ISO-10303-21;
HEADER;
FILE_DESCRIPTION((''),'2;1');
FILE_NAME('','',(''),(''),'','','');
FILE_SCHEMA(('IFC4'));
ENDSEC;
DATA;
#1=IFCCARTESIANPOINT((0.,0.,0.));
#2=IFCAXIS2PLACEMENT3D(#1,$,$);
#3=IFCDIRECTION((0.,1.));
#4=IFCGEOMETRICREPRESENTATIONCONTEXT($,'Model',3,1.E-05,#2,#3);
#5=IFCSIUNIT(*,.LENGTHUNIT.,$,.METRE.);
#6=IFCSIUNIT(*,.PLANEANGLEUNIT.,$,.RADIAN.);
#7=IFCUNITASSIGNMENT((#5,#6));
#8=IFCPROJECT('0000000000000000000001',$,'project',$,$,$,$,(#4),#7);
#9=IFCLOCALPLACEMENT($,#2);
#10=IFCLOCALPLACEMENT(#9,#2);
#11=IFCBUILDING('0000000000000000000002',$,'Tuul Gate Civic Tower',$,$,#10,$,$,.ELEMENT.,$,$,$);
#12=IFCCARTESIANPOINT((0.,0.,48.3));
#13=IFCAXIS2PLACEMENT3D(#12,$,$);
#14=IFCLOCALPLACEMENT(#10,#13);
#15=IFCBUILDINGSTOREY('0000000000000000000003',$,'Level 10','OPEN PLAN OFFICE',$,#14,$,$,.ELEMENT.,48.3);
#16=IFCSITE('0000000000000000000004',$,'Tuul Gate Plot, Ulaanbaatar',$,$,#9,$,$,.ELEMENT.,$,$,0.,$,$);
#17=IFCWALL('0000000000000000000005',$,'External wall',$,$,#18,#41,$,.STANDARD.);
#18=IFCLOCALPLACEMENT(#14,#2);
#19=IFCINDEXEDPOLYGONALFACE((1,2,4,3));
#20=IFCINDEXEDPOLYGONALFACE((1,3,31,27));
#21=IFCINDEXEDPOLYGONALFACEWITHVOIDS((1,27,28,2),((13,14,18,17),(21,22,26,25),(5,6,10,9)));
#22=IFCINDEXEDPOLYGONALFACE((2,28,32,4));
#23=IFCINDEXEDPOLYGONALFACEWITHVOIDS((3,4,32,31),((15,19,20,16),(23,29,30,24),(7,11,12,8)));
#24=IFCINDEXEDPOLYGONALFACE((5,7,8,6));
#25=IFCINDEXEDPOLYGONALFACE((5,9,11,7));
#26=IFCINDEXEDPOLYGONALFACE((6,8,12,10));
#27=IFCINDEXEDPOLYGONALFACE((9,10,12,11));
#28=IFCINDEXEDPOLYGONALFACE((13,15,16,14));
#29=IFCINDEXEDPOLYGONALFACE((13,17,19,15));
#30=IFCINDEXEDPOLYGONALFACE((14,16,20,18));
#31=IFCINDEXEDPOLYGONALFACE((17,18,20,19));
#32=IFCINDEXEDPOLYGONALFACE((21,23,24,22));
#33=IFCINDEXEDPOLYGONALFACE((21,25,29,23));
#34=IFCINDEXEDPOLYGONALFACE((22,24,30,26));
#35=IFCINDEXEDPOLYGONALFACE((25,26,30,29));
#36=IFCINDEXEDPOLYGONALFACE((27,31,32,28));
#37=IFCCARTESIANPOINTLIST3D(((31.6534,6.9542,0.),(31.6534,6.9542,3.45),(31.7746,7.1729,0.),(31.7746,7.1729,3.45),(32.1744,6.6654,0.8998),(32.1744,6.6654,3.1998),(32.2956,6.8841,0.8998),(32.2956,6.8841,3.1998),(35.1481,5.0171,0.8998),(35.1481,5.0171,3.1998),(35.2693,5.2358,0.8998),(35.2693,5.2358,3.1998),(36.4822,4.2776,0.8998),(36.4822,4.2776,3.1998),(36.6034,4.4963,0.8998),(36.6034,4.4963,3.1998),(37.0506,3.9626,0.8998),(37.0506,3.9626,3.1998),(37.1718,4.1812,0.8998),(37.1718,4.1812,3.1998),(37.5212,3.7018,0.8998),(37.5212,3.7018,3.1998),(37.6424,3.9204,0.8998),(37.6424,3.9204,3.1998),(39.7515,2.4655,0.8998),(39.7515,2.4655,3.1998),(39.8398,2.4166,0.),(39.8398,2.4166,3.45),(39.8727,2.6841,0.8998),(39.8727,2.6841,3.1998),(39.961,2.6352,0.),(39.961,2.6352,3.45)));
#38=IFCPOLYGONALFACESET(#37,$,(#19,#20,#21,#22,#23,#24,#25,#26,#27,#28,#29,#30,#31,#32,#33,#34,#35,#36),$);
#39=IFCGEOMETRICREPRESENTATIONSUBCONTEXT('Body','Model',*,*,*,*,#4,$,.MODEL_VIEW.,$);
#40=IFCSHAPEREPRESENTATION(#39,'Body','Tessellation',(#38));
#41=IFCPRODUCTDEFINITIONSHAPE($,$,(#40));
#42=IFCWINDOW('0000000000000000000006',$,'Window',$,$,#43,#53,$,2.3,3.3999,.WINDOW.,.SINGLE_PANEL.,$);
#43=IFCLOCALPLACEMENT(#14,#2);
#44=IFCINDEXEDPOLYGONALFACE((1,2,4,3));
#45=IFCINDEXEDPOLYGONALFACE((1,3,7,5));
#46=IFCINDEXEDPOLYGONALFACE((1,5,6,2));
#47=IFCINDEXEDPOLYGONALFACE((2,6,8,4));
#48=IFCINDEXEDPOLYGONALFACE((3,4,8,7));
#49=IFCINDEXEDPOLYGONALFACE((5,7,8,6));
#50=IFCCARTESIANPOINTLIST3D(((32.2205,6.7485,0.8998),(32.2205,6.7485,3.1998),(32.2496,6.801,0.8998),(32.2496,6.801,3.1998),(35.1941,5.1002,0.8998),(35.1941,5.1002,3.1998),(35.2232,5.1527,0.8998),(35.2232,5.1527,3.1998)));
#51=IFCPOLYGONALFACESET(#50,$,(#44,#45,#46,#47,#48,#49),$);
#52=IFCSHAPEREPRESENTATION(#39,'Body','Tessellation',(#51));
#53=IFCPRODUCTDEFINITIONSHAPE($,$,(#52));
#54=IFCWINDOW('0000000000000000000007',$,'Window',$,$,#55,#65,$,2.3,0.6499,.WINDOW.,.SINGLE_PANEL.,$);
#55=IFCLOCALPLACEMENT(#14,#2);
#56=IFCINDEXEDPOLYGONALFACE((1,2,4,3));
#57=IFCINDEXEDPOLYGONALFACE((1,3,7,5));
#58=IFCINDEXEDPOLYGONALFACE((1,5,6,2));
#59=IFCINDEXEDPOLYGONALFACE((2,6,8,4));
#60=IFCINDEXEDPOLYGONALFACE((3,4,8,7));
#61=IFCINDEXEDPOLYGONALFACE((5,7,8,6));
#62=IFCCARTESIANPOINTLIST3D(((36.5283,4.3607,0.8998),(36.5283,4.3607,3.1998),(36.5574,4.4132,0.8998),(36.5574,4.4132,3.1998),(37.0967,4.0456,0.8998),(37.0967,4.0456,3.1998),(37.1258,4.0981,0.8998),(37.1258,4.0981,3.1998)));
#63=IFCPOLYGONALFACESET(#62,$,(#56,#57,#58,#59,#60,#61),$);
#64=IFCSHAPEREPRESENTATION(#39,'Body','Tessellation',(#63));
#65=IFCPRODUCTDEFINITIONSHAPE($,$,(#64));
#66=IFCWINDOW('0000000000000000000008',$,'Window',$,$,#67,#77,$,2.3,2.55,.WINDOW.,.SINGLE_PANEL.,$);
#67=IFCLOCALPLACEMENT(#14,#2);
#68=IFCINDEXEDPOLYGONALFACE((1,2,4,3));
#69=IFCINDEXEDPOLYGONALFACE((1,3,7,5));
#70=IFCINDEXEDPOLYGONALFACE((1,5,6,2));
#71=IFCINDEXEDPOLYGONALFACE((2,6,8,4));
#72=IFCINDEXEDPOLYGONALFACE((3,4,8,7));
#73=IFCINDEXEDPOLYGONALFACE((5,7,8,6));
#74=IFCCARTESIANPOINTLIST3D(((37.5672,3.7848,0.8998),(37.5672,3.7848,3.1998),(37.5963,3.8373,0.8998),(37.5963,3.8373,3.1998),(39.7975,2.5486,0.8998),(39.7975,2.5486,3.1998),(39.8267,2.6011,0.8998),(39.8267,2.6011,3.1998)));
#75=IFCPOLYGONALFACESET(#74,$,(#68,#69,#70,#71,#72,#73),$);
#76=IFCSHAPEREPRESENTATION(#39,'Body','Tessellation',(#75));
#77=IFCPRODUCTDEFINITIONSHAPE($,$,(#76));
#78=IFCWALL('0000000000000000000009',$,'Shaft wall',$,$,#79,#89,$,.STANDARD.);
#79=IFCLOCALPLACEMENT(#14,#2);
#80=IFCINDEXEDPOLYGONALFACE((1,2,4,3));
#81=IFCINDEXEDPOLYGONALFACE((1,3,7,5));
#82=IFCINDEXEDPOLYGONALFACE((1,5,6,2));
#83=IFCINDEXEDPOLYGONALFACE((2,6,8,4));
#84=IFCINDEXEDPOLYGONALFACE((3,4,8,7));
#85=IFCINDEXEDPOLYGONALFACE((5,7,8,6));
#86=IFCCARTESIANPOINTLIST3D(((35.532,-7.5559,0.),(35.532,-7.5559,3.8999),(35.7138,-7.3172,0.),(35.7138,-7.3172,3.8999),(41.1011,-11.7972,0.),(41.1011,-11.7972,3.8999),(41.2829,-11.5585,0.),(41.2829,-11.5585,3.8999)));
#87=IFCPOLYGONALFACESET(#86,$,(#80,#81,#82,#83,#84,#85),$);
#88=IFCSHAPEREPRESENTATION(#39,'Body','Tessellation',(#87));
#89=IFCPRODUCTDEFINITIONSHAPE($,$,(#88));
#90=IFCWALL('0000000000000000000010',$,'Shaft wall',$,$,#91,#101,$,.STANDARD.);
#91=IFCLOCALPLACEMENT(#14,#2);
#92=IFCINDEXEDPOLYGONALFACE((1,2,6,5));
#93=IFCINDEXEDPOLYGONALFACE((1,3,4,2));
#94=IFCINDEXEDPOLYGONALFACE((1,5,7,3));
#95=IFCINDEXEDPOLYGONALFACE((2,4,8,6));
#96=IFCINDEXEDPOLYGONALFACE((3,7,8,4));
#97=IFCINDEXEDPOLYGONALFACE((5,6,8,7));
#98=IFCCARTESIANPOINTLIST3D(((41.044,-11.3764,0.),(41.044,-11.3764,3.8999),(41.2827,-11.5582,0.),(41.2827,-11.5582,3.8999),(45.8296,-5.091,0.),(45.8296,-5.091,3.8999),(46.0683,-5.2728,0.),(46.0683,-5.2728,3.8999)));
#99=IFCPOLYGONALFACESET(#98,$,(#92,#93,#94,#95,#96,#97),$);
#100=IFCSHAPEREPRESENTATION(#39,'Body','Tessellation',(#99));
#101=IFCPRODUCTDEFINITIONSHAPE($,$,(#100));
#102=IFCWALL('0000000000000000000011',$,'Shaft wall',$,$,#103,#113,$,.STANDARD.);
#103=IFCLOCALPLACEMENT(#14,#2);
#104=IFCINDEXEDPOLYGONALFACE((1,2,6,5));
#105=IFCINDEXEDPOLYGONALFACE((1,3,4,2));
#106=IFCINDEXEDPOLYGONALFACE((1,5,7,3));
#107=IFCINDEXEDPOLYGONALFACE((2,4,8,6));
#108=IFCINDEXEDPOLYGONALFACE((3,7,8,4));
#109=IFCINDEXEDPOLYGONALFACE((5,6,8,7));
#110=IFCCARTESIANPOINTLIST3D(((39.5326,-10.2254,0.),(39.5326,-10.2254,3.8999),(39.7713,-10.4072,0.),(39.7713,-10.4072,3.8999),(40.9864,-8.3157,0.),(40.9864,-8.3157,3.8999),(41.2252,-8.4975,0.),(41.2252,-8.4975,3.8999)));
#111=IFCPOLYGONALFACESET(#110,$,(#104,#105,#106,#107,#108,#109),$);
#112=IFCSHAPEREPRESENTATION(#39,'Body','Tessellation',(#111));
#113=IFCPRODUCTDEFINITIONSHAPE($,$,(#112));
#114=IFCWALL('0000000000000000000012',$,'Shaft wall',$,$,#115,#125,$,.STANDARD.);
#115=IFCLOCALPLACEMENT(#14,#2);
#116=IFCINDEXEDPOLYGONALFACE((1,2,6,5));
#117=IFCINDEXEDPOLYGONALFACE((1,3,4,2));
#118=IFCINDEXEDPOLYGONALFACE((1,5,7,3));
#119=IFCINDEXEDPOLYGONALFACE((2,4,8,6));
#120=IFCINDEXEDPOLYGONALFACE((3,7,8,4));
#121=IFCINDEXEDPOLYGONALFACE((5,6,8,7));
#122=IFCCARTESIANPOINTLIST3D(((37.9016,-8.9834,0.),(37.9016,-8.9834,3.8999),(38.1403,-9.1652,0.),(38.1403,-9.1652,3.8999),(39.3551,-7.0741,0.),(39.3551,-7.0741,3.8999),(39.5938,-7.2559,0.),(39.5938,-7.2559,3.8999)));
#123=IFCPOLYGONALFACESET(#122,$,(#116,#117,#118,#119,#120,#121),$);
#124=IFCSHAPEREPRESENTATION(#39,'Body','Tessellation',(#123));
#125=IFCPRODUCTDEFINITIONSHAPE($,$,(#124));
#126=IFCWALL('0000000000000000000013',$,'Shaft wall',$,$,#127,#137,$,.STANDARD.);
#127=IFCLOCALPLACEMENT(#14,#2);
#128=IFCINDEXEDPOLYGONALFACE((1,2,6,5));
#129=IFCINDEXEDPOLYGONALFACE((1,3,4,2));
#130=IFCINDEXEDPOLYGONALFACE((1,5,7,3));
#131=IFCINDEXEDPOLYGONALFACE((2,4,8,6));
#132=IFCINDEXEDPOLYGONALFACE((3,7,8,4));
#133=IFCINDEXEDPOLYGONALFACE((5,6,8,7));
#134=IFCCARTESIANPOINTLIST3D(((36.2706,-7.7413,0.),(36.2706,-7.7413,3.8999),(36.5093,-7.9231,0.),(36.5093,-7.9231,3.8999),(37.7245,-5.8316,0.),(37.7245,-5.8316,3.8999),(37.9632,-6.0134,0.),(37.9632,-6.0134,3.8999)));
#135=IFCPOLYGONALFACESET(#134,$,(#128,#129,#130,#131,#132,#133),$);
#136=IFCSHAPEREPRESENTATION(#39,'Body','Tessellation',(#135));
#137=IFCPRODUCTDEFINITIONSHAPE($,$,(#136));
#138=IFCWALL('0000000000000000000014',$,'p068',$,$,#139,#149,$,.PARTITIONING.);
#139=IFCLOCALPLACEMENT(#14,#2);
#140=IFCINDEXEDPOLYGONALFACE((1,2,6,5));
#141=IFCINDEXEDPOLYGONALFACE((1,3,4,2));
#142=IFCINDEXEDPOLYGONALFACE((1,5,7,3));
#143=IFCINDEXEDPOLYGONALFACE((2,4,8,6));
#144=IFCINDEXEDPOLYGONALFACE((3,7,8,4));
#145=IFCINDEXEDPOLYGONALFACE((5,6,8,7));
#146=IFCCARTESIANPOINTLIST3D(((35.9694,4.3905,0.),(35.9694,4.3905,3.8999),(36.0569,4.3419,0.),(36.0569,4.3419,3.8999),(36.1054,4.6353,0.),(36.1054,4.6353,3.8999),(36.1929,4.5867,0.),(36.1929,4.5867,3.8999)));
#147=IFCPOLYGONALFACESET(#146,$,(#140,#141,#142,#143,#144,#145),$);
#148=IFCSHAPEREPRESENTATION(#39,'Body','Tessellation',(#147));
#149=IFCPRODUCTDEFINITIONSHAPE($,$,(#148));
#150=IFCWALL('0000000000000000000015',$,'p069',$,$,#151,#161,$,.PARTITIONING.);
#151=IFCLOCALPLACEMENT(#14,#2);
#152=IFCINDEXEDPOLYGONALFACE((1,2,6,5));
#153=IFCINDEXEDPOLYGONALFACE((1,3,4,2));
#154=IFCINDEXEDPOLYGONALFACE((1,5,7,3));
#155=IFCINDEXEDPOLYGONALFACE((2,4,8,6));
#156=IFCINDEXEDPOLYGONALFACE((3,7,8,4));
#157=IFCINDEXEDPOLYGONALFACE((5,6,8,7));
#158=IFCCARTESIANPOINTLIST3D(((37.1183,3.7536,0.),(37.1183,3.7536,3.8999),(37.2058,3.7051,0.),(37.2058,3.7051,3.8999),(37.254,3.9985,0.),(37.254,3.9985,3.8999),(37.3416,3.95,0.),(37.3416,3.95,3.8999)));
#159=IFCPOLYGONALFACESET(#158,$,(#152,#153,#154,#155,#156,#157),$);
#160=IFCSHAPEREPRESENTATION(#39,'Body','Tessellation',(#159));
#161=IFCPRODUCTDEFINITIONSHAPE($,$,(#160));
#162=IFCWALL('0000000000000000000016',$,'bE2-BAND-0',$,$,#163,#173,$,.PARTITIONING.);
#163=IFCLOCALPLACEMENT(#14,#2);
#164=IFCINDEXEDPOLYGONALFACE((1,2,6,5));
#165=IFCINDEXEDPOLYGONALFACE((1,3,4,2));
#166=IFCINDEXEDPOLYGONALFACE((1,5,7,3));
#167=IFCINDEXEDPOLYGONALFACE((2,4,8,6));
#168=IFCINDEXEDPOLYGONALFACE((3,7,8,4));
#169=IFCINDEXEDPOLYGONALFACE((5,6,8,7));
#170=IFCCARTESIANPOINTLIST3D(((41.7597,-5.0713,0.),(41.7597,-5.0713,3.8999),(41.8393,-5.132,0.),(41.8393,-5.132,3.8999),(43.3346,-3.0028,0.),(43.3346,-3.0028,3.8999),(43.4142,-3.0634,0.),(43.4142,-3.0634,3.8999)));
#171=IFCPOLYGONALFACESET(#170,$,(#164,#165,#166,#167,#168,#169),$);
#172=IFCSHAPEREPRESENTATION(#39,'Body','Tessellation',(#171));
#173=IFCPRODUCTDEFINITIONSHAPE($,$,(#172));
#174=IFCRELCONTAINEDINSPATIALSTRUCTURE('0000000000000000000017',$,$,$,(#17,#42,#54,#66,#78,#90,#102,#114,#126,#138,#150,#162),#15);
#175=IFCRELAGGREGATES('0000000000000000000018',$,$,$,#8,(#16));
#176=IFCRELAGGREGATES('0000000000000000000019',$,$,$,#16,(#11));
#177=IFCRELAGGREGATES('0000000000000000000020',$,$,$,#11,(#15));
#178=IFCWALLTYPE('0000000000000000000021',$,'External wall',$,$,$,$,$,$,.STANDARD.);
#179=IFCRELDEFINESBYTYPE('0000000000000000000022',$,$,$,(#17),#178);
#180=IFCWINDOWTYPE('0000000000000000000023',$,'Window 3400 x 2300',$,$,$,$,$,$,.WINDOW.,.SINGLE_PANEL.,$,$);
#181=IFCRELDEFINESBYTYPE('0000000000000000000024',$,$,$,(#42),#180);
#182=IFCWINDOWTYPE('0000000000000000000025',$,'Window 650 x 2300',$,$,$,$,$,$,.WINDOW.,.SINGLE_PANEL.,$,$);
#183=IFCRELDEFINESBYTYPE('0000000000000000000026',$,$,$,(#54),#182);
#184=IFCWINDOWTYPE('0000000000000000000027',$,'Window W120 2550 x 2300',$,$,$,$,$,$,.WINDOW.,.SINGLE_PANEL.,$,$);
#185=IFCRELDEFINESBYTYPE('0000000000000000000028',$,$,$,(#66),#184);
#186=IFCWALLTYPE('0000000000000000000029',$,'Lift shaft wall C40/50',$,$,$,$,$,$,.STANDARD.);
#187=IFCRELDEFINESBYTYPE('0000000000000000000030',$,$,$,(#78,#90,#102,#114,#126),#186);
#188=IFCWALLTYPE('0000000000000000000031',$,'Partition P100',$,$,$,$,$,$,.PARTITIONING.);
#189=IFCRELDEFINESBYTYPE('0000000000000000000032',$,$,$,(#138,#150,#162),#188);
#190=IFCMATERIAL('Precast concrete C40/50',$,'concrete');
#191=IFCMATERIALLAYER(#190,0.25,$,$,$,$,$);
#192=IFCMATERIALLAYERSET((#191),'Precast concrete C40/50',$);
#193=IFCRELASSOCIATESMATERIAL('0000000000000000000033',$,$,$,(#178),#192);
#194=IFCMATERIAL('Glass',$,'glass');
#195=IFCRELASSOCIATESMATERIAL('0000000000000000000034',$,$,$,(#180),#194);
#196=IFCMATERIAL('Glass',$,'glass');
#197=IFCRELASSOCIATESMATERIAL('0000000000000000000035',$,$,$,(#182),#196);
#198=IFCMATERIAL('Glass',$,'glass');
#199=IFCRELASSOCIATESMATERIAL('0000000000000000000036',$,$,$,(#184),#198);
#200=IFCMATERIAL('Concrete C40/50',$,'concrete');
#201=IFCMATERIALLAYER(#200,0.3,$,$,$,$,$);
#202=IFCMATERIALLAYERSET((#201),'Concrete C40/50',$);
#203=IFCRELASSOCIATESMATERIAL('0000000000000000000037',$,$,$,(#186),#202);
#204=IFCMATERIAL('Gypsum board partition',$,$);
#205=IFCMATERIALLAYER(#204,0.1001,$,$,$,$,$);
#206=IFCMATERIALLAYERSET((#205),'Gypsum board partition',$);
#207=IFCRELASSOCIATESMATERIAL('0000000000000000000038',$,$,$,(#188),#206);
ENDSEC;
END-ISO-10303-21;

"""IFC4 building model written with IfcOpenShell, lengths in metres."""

from ifc_helpers import new_model, si_unit, direction, frame, frame_2d, origin, place, context, subcontext, project, spatial, rectangle, extrude, material, layer, layer_set, type_object, element, fill, save


model = new_model("IFC4")

# Units and contexts
model_context = context("Model", 3, precision=1e-05, world=origin(), true_north=direction((0.0, 1.0)))
body_context = subcontext(model_context, "Body", "Model", "MODEL_VIEW")
ifc_project = project(units=[si_unit("LENGTHUNIT", "METRE"), si_unit("PLANEANGLEUNIT", "RADIAN")], contexts=[model_context])

# Site, building, storey
site_placement = place(None, origin())
site = spatial("IfcSite", under=ifc_project, at=site_placement, Name="Tuul Gate Plot, Ulaanbaatar", CompositionType="ELEMENT", RefElevation=0.0)
building_placement = place(site_placement, origin())
building = spatial("IfcBuilding", under=site, at=building_placement, Name="Tuul Gate Civic Tower", CompositionType="ELEMENT")
storey_placement = place(building_placement, frame((0.0, 0.0, 48.3)))
storey = spatial("IfcBuildingStorey", under=building, at=storey_placement, Name="Level 10", Description="OPEN PLAN OFFICE", CompositionType="ELEMENT", Elevation=48.3)

# Wall, openings, windows
ifc_material_1 = material(Name="Precast concrete C40/50", Category="concrete")
ifc_layer_1 = layer(ifc_material_1, 0.25)
ifc_layer_set_1 = layer_set([ifc_layer_1], Name="Precast concrete C40/50")
wall_type_1 = type_object("IfcWallType", Name="External wall", PredefinedType="STANDARD", material=ifc_layer_set_1)
wall_1_placement = place(storey_placement, frame((39.9004, 2.5259, 0.0), z_axis=(0.0, 0.0, 1.0), x_axis=(-0.874626, 0.484799, 0.0)))
wall_1 = element("IfcWall", 1, at=wall_1_placement, inside=storey, type_object=wall_type_1, Name="External wall", PredefinedType="STANDARD", context=body_context, shape_type="SweptSolid", body=[
    extrude(rectangle(XDim=9.3599, YDim=0.25, at=frame_2d((4.6799, 0.0))), origin(), (0.0, 0.0, 1.0), 3.45),
])
opening_1_placement = place(wall_1_placement, frame((0.1011, 0.0, 0.8999)))
opening_1 = element("IfcOpeningElement", 2, at=opening_1_placement, cuts=wall_1, PredefinedType="OPENING", context=body_context, shape_type="SweptSolid", body=[
    extrude(rectangle(XDim=2.55, YDim=2.3, at=frame_2d((1.2749, 1.1499))), frame((0.0, 0.135, 0.0), z_axis=(0.0, -1.0, 0.0), x_axis=(1.0, 0.0, 0.0)), (0.0, 0.0, 1.0), 0.27),
])
opening_2_placement = place(wall_1_placement, frame((3.189, 0.0, 0.8999)))
opening_2 = element("IfcOpeningElement", 3, at=opening_2_placement, cuts=wall_1, PredefinedType="OPENING", context=body_context, shape_type="SweptSolid", body=[
    extrude(rectangle(XDim=0.6499, YDim=2.3, at=frame_2d((0.325, 1.1499))), frame((0.0, 0.135, 0.0), z_axis=(0.0, -1.0, 0.0), x_axis=(1.0, 0.0, 0.0)), (0.0, 0.0, 1.0), 0.27),
])
opening_3_placement = place(wall_1_placement, frame((5.3643, 0.0, 0.8999)))
opening_3 = element("IfcOpeningElement", 4, at=opening_3_placement, cuts=wall_1, PredefinedType="OPENING", context=body_context, shape_type="SweptSolid", body=[
    extrude(rectangle(XDim=3.3999, YDim=2.3, at=frame_2d((1.7, 1.1499))), frame((0.0, 0.135, 0.0), z_axis=(0.0, -1.0, 0.0), x_axis=(1.0, 0.0, 0.0)), (0.0, 0.0, 1.0), 0.27),
])
ifc_material_2 = material(Name="Glass", Category="glass")
window_type_1 = type_object("IfcWindowType", Name="Window 3400 x 2300", PartitioningType="SINGLE_PANEL", PredefinedType="WINDOW", material=ifc_material_2)
window_1_placement = place(opening_3_placement, origin())
window_1 = element("IfcWindow", 5, at=window_1_placement, inside=storey, type_object=window_type_1, Name="Window", OverallHeight=2.3, OverallWidth=3.3999, PartitioningType="SINGLE_PANEL", PredefinedType="WINDOW", context=body_context, shape_type="SweptSolid", body=[
    extrude(rectangle(XDim=3.3999, YDim=2.3, at=frame_2d((1.7, 1.1499))), frame((0.0, 0.03, 0.0), z_axis=(0.0, -1.0, 0.0), x_axis=(1.0, 0.0, 0.0)), (0.0, 0.0, 1.0), 0.0601),
])
fill(opening_3, window_1)
ifc_material_3 = material(Name="Glass", Category="glass")
window_type_2 = type_object("IfcWindowType", Name="Window 650 x 2300", PartitioningType="SINGLE_PANEL", PredefinedType="WINDOW", material=ifc_material_3)
window_2_placement = place(opening_2_placement, origin())
window_2 = element("IfcWindow", 6, at=window_2_placement, inside=storey, type_object=window_type_2, Name="Window", OverallHeight=2.3, OverallWidth=0.6499, PartitioningType="SINGLE_PANEL", PredefinedType="WINDOW", context=body_context, shape_type="SweptSolid", body=[
    extrude(rectangle(XDim=0.6499, YDim=2.3, at=frame_2d((0.325, 1.1499))), frame((0.0, 0.03, 0.0), z_axis=(0.0, -1.0, 0.0), x_axis=(1.0, 0.0, 0.0)), (0.0, 0.0, 1.0), 0.0601),
])
fill(opening_2, window_2)
ifc_material_4 = material(Name="Glass", Category="glass")
window_type_3 = type_object("IfcWindowType", Name="Window W120 2550 x 2300", PartitioningType="SINGLE_PANEL", PredefinedType="WINDOW", material=ifc_material_4)
window_3_placement = place(opening_1_placement, origin())
window_3 = element("IfcWindow", 7, at=window_3_placement, inside=storey, type_object=window_type_3, Name="Window", OverallHeight=2.3, OverallWidth=2.55, PartitioningType="SINGLE_PANEL", PredefinedType="WINDOW", context=body_context, shape_type="SweptSolid", body=[
    extrude(rectangle(XDim=2.55, YDim=2.3, at=frame_2d((1.2749, 1.1499))), frame((0.0, 0.03, 0.0), z_axis=(0.0, -1.0, 0.0), x_axis=(1.0, 0.0, 0.0)), (0.0, 0.0, 1.0), 0.0601),
])
fill(opening_1, window_3)

# Walls
ifc_material_5 = material(Name="Concrete C40/50", Category="concrete")
ifc_layer_2 = layer(ifc_material_5, 0.3)
ifc_layer_set_2 = layer_set([ifc_layer_2], Name="Concrete C40/50")
wall_type_2 = type_object("IfcWallType", Name="Lift shaft wall C40/50", PredefinedType="STANDARD", material=ifc_layer_set_2)
wall_2_placement = place(storey_placement, frame((41.1919, -11.6777, 0.0), z_axis=(0.0, 0.0, 1.0), x_axis=(-0.795563, 0.605871, 0.0)))
element("IfcWall", 8, at=wall_2_placement, inside=storey, type_object=wall_type_2, Name="Shaft wall", PredefinedType="STANDARD", context=body_context, shape_type="SweptSolid", body=[
    extrude(rectangle(XDim=7.0002, YDim=0.3, at=frame_2d((3.5, 0.0))), origin(), (0.0, 0.0, 1.0), 3.8999),
])
wall_3_placement = place(storey_placement, frame((41.1633, -11.4673, 0.0), z_axis=(0.0, 0.0, 1.0), x_axis=(0.605784, 0.795629, 0.0)))
element("IfcWall", 9, at=wall_3_placement, inside=storey, type_object=wall_type_2, Name="Shaft wall", PredefinedType="STANDARD", context=body_context, shape_type="SweptSolid", body=[
    extrude(rectangle(XDim=7.8999, YDim=0.3, at=frame_2d((3.95, 0.0))), origin(), (0.0, 0.0, 1.0), 3.8999),
])
wall_4_placement = place(storey_placement, frame((39.6519, -10.3164, 0.0), z_axis=(0.0, 0.0, 1.0), x_axis=(0.605746, 0.795658, 0.0)))
element("IfcWall", 10, at=wall_4_placement, inside=storey, type_object=wall_type_2, Name="Shaft wall", PredefinedType="STANDARD", context=body_context, shape_type="SweptSolid", body=[
    extrude(rectangle(XDim=2.4001, YDim=0.3, at=frame_2d((1.2002, 0.0))), origin(), (0.0, 0.0, 1.0), 3.8999),
])
wall_5_placement = place(storey_placement, frame((38.021, -9.0742, 0.0), z_axis=(0.0, 0.0, 1.0), x_axis=(0.605731, 0.79567, 0.0)))
element("IfcWall", 11, at=wall_5_placement, inside=storey, type_object=wall_type_2, Name="Shaft wall", PredefinedType="STANDARD", context=body_context, shape_type="SweptSolid", body=[
    extrude(rectangle(XDim=2.3997, YDim=0.3, at=frame_2d((1.1997, 0.0))), origin(), (0.0, 0.0, 1.0), 3.8999),
])
wall_6_placement = place(storey_placement, frame((36.3899, -7.8323, 0.0), z_axis=(0.0, 0.0, 1.0), x_axis=(0.605746, 0.795658, 0.0)))
element("IfcWall", 12, at=wall_6_placement, inside=storey, type_object=wall_type_2, Name="Shaft wall", PredefinedType="STANDARD", context=body_context, shape_type="SweptSolid", body=[
    extrude(rectangle(XDim=2.4001, YDim=0.3, at=frame_2d((1.2002, 0.0))), origin(), (0.0, 0.0, 1.0), 3.8999),
])
ifc_material_6 = material(Name="Gypsum board partition")
ifc_layer_3 = layer(ifc_material_6, 0.1001)
ifc_layer_set_3 = layer_set([ifc_layer_3], Name="Gypsum board partition")
wall_type_3 = type_object("IfcWallType", Name="Partition P100", PredefinedType="PARTITIONING", material=ifc_layer_set_3)
for number, where, z_axis, x_axis, name in (
    (13, (36.1492, 4.6111, 0.0), (0.0, 0.0, 1.0), (-0.485495, -0.874239, 0.0), "p068"),
    (14, (37.2979, 3.9744, 0.0), (0.0, 0.0, 1.0), (-0.484828, -0.874609, 0.0), "p069"),
):
    element("IfcWall", number, at=place(storey_placement, frame(where, z_axis=z_axis, x_axis=x_axis)), inside=storey, type_object=wall_type_3, Name=name, PredefinedType="PARTITIONING", context=body_context, shape_type="SweptSolid", body=[
        extrude(rectangle(XDim=0.28, YDim=0.1001, at=frame_2d((0.1401, 0.0))), origin(), (0.0, 0.0, 1.0), 3.8999),
    ])
wall_7_placement = place(storey_placement, frame((41.7996, -5.1016, 0.0), z_axis=(0.0, 0.0, 1.0), x_axis=(0.605769, 0.795641, 0.0)))
element("IfcWall", 15, at=wall_7_placement, inside=storey, type_object=wall_type_3, Name="bE2-BAND-0", PredefinedType="PARTITIONING", context=body_context, shape_type="SweptSolid", body=[
    extrude(rectangle(XDim=2.5999, YDim=0.1001, at=frame_2d((1.2998, 0.0))), origin(), (0.0, 0.0, 1.0), 3.8999),
])

save(model, "model.ifc")
